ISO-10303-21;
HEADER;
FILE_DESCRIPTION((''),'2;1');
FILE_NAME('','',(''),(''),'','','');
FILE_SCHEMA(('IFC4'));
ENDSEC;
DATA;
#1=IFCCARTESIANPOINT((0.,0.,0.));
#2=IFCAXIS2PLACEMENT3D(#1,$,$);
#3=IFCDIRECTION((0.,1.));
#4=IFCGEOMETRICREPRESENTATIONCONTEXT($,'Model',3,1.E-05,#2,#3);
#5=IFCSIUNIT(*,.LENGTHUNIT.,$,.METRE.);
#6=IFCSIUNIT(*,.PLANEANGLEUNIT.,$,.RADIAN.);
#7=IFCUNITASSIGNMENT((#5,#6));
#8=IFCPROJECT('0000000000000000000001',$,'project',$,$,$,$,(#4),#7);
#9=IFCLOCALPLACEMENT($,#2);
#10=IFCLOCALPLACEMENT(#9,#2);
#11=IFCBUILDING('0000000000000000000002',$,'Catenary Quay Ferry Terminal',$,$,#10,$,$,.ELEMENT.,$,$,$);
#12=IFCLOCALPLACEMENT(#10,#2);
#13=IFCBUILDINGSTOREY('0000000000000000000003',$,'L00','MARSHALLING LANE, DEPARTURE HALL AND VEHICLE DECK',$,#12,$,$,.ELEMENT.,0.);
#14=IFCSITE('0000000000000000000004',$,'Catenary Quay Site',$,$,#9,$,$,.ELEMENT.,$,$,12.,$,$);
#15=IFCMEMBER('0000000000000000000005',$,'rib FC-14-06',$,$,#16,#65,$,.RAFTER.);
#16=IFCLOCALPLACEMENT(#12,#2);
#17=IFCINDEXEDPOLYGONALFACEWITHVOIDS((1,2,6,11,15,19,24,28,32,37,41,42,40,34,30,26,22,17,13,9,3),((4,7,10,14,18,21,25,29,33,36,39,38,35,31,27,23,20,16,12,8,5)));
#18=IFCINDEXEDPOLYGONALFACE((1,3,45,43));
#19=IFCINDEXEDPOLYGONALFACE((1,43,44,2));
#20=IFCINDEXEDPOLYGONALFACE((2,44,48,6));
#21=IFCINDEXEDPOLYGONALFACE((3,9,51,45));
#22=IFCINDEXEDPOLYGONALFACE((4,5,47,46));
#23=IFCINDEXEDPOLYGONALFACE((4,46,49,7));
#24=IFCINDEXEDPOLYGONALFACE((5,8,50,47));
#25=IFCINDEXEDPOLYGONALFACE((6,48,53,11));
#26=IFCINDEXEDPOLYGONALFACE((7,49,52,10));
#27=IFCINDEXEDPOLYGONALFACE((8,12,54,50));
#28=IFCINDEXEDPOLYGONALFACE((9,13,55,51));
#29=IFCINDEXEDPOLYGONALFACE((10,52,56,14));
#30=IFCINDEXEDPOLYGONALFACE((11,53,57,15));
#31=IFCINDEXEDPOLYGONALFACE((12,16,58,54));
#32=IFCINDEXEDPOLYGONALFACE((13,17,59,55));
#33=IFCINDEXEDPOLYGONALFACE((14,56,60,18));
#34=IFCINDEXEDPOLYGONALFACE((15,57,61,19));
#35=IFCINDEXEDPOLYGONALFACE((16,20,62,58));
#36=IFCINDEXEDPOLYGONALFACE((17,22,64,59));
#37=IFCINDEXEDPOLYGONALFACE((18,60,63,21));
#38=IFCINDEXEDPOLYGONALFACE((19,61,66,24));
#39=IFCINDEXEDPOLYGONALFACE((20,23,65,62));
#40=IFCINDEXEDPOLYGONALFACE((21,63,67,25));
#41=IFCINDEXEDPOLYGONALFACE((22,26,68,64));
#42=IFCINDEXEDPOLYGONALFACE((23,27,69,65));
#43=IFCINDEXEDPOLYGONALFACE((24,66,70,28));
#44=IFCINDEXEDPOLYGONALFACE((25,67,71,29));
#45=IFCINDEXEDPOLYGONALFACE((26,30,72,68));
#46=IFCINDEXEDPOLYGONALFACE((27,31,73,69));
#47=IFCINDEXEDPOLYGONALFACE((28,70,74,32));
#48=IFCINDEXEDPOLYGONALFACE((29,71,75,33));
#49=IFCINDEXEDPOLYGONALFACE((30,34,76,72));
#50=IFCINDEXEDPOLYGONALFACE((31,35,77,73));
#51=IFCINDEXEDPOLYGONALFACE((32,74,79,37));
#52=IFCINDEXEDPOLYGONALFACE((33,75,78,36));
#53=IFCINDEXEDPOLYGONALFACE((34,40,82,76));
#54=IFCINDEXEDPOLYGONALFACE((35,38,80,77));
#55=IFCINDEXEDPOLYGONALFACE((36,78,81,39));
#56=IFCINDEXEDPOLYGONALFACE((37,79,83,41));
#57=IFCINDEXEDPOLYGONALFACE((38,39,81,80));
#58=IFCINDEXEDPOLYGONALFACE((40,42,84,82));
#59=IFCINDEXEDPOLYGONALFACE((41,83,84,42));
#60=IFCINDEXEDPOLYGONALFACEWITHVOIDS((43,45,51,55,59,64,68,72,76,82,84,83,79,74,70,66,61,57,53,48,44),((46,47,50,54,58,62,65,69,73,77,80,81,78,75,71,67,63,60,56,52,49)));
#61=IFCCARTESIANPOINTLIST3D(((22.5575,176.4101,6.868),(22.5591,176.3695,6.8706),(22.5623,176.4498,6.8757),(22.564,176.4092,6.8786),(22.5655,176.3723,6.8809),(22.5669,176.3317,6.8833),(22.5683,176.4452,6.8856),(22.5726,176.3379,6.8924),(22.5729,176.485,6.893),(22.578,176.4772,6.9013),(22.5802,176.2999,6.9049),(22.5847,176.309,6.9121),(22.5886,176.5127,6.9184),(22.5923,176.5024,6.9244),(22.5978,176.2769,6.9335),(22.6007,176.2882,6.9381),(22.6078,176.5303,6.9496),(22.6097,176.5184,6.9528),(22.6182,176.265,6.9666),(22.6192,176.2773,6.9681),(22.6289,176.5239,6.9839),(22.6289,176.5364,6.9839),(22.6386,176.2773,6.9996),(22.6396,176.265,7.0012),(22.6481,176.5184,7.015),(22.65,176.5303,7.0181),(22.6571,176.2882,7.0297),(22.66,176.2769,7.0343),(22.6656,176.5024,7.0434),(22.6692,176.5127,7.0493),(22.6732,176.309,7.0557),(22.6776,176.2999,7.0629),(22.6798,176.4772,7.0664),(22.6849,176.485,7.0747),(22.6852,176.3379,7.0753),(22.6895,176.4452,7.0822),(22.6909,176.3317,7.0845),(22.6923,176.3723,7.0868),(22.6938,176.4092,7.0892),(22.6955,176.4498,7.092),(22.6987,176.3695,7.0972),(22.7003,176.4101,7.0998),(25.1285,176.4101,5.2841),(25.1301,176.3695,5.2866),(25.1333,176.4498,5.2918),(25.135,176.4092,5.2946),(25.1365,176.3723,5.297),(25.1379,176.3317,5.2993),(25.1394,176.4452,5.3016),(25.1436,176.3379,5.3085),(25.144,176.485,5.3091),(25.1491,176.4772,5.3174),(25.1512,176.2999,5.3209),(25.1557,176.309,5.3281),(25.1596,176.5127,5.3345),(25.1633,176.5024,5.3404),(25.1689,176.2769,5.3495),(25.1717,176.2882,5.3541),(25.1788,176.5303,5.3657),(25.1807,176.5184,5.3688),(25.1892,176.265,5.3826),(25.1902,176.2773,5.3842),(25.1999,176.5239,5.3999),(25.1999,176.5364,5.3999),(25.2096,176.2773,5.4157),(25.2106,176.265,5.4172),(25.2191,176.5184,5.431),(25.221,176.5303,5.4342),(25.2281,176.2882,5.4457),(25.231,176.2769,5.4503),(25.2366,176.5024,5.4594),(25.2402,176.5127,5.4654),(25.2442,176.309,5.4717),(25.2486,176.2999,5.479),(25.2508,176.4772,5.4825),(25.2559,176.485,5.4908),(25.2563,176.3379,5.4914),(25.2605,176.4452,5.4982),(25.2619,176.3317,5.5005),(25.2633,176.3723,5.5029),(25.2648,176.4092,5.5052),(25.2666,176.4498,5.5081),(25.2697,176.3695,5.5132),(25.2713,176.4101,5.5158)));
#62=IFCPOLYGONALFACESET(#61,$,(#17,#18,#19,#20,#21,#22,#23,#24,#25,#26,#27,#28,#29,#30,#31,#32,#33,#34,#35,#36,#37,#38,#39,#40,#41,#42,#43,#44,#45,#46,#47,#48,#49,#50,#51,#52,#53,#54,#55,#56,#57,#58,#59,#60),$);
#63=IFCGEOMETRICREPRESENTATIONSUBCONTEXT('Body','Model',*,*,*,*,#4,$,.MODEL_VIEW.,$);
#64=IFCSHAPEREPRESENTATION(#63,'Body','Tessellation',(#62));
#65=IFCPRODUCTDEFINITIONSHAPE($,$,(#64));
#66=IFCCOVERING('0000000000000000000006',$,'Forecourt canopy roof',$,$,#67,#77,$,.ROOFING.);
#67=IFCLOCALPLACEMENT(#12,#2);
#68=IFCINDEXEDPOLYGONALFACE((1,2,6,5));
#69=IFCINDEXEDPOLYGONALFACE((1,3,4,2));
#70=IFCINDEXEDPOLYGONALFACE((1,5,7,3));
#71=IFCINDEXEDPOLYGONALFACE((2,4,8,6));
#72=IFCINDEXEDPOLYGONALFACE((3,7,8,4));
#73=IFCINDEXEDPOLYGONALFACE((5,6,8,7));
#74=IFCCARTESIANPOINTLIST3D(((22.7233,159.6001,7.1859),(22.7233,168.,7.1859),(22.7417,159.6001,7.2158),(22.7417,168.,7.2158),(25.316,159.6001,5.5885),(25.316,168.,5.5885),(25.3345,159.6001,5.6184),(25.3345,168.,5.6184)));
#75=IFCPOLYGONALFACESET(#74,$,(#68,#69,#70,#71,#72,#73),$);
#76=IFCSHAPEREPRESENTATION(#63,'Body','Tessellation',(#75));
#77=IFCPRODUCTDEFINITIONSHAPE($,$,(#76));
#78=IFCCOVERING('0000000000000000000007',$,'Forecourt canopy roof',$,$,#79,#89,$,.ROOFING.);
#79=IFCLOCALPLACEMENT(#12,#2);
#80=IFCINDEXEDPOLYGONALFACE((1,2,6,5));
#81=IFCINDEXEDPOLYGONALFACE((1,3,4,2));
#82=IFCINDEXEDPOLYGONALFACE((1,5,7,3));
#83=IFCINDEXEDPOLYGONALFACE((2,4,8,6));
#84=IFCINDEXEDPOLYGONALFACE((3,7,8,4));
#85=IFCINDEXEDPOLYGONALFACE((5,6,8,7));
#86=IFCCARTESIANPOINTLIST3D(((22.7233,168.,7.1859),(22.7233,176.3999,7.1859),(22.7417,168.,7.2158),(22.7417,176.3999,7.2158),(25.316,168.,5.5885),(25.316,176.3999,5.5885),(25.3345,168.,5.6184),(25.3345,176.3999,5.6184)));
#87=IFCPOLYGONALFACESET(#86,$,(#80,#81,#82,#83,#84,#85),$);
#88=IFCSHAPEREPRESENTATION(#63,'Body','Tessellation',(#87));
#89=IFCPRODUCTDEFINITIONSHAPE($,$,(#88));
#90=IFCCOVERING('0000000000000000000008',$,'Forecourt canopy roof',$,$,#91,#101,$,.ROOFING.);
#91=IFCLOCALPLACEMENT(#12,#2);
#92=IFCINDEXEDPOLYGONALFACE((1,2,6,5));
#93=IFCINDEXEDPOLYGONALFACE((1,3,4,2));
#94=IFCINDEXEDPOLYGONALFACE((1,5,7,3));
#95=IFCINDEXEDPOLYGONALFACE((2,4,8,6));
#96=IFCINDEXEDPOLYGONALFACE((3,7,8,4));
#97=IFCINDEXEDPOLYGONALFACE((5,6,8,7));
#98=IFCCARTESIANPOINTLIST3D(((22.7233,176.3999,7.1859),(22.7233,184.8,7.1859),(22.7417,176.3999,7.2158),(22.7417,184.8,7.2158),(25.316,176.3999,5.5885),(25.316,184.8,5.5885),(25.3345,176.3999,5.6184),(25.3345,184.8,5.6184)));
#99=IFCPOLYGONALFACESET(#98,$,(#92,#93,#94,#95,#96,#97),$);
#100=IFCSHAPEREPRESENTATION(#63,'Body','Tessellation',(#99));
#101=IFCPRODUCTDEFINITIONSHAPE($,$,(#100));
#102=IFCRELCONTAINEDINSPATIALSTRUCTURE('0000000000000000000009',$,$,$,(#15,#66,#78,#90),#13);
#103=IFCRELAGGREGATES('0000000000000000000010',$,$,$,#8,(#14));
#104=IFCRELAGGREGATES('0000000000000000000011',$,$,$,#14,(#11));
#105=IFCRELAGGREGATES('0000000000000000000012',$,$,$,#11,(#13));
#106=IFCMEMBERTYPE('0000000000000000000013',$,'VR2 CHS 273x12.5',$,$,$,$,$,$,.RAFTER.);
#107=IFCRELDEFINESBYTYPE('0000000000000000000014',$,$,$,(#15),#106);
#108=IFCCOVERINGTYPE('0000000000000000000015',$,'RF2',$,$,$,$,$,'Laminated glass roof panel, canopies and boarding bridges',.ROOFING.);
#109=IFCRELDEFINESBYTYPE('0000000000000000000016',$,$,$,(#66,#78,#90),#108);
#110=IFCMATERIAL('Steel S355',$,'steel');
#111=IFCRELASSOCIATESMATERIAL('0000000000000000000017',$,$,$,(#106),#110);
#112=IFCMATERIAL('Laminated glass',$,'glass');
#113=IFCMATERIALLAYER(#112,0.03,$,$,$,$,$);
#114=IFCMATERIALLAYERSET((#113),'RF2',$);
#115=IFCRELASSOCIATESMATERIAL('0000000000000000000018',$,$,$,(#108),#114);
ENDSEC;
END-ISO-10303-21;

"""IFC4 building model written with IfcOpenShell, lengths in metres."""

from ifc_helpers import new_model, si_unit, direction, frame, origin, origin_2d, place, context, subcontext, project, spatial, polyline, hollow_circle, outline, extrude, material, layer, layer_set, material_profile, profile_set, type_object, element, save


model = new_model("IFC4")

# Units and contexts
model_context = context("Model", 3, precision=1e-05, world=origin(), true_north=direction((0.0, 1.0)))
body_context = subcontext(model_context, "Body", "Model", "MODEL_VIEW")
ifc_project = project(units=[si_unit("LENGTHUNIT", "METRE"), si_unit("PLANEANGLEUNIT", "RADIAN")], contexts=[model_context])

# Site, building, storey
site_placement = place(None, origin())
site = spatial("IfcSite", under=ifc_project, at=site_placement, Name="Catenary Quay Site", CompositionType="ELEMENT", RefElevation=12.0)
building_placement = place(site_placement, origin())
building = spatial("IfcBuilding", under=site, at=building_placement, Name="Catenary Quay Ferry Terminal", CompositionType="ELEMENT")
storey_placement = place(building_placement, origin())
storey = spatial("IfcBuildingStorey", under=building, at=storey_placement, Name="L00", Description="MARSHALLING LANE, DEPARTURE HALL AND VEHICLE DECK", CompositionType="ELEMENT", Elevation=0.0)

# Member
ifc_material_1 = material(Name="Steel S355", Category="steel")
ifc_material_profile_1 = material_profile(ifc_material_1, hollow_circle(Radius=0.1365, WallThickness=0.0125, at=origin_2d()), Name="CHS 273x12.5")
ifc_profile_set_1 = profile_set([ifc_material_profile_1], Name="Steel S355")
member_type_1 = type_object("IfcMemberType", Name="VR2 CHS 273x12.5", PredefinedType="RAFTER", material=ifc_profile_set_1)
for number, where, z_axis, x_axis, name in (
    (1, (22.6289, 176.3999, 6.9839), (0.851392, 0.0, -0.52453), (0.0, 1.0, 0.0), "rib FC-14-06"),
):
    element("IfcMember", number, at=place(storey_placement, frame(where, z_axis=z_axis, x_axis=x_axis)), inside=storey, type_object=member_type_1, Name=name, PredefinedType="RAFTER", context=body_context, shape_type="SweptSolid", body=[
        extrude(hollow_circle(Radius=0.1365, WallThickness=0.0125, at=origin_2d()), origin(), (0.0, 0.0, 1.0), 3.0198),
    ])

# Coverings
ifc_material_2 = material(Name="Laminated glass", Category="glass")
ifc_layer = layer(ifc_material_2, 0.03)
ifc_layer_set = layer_set([ifc_layer], Name="RF2")
covering_type = type_object("IfcCoveringType", Name="RF2", ElementType="Laminated glass roof panel, canopies and boarding bridges", PredefinedType="ROOFING", material=ifc_layer_set)
for number, where, z_axis, x_axis, name in (
    (2, (22.7417, 159.6001, 7.2158), (0.52454, 0.0, 0.851386), (0.0, 1.0, 0.0), "Forecourt canopy roof"),
    (3, (22.7417, 168.0, 7.2158), (0.52454, 0.0, 0.851386), (0.0, 1.0, 0.0), "Forecourt canopy roof"),
):
    element("IfcCovering", number, at=place(storey_placement, frame(where, z_axis=z_axis, x_axis=x_axis)), inside=storey, type_object=covering_type, Name=name, PredefinedType="ROOFING", context=body_context, shape_type="SweptSolid", body=[
        extrude(outline(polyline([(0.0, 0.0), (8.3999, 0.0), (8.3999, -3.0454), (0.0, -3.0454), (0.0, 0.0)])), origin(), (0.0, 0.0, -1.0), 0.0352),
    ])
covering_placement = place(storey_placement, frame((22.7417, 176.3999, 7.2158), z_axis=(0.52454, 0.0, 0.851386), x_axis=(0.0, 1.0, 0.0)))
element("IfcCovering", 4, at=covering_placement, inside=storey, type_object=covering_type, Name="Forecourt canopy roof", PredefinedType="ROOFING", context=body_context, shape_type="SweptSolid", body=[
    extrude(outline(polyline([(0.0, 0.0), (8.4001, 0.0), (8.4001, -3.0454), (0.0, -3.0454), (0.0, 0.0)])), origin(), (0.0, 0.0, -1.0), 0.0352),
])

save(model, "model.ifc")
